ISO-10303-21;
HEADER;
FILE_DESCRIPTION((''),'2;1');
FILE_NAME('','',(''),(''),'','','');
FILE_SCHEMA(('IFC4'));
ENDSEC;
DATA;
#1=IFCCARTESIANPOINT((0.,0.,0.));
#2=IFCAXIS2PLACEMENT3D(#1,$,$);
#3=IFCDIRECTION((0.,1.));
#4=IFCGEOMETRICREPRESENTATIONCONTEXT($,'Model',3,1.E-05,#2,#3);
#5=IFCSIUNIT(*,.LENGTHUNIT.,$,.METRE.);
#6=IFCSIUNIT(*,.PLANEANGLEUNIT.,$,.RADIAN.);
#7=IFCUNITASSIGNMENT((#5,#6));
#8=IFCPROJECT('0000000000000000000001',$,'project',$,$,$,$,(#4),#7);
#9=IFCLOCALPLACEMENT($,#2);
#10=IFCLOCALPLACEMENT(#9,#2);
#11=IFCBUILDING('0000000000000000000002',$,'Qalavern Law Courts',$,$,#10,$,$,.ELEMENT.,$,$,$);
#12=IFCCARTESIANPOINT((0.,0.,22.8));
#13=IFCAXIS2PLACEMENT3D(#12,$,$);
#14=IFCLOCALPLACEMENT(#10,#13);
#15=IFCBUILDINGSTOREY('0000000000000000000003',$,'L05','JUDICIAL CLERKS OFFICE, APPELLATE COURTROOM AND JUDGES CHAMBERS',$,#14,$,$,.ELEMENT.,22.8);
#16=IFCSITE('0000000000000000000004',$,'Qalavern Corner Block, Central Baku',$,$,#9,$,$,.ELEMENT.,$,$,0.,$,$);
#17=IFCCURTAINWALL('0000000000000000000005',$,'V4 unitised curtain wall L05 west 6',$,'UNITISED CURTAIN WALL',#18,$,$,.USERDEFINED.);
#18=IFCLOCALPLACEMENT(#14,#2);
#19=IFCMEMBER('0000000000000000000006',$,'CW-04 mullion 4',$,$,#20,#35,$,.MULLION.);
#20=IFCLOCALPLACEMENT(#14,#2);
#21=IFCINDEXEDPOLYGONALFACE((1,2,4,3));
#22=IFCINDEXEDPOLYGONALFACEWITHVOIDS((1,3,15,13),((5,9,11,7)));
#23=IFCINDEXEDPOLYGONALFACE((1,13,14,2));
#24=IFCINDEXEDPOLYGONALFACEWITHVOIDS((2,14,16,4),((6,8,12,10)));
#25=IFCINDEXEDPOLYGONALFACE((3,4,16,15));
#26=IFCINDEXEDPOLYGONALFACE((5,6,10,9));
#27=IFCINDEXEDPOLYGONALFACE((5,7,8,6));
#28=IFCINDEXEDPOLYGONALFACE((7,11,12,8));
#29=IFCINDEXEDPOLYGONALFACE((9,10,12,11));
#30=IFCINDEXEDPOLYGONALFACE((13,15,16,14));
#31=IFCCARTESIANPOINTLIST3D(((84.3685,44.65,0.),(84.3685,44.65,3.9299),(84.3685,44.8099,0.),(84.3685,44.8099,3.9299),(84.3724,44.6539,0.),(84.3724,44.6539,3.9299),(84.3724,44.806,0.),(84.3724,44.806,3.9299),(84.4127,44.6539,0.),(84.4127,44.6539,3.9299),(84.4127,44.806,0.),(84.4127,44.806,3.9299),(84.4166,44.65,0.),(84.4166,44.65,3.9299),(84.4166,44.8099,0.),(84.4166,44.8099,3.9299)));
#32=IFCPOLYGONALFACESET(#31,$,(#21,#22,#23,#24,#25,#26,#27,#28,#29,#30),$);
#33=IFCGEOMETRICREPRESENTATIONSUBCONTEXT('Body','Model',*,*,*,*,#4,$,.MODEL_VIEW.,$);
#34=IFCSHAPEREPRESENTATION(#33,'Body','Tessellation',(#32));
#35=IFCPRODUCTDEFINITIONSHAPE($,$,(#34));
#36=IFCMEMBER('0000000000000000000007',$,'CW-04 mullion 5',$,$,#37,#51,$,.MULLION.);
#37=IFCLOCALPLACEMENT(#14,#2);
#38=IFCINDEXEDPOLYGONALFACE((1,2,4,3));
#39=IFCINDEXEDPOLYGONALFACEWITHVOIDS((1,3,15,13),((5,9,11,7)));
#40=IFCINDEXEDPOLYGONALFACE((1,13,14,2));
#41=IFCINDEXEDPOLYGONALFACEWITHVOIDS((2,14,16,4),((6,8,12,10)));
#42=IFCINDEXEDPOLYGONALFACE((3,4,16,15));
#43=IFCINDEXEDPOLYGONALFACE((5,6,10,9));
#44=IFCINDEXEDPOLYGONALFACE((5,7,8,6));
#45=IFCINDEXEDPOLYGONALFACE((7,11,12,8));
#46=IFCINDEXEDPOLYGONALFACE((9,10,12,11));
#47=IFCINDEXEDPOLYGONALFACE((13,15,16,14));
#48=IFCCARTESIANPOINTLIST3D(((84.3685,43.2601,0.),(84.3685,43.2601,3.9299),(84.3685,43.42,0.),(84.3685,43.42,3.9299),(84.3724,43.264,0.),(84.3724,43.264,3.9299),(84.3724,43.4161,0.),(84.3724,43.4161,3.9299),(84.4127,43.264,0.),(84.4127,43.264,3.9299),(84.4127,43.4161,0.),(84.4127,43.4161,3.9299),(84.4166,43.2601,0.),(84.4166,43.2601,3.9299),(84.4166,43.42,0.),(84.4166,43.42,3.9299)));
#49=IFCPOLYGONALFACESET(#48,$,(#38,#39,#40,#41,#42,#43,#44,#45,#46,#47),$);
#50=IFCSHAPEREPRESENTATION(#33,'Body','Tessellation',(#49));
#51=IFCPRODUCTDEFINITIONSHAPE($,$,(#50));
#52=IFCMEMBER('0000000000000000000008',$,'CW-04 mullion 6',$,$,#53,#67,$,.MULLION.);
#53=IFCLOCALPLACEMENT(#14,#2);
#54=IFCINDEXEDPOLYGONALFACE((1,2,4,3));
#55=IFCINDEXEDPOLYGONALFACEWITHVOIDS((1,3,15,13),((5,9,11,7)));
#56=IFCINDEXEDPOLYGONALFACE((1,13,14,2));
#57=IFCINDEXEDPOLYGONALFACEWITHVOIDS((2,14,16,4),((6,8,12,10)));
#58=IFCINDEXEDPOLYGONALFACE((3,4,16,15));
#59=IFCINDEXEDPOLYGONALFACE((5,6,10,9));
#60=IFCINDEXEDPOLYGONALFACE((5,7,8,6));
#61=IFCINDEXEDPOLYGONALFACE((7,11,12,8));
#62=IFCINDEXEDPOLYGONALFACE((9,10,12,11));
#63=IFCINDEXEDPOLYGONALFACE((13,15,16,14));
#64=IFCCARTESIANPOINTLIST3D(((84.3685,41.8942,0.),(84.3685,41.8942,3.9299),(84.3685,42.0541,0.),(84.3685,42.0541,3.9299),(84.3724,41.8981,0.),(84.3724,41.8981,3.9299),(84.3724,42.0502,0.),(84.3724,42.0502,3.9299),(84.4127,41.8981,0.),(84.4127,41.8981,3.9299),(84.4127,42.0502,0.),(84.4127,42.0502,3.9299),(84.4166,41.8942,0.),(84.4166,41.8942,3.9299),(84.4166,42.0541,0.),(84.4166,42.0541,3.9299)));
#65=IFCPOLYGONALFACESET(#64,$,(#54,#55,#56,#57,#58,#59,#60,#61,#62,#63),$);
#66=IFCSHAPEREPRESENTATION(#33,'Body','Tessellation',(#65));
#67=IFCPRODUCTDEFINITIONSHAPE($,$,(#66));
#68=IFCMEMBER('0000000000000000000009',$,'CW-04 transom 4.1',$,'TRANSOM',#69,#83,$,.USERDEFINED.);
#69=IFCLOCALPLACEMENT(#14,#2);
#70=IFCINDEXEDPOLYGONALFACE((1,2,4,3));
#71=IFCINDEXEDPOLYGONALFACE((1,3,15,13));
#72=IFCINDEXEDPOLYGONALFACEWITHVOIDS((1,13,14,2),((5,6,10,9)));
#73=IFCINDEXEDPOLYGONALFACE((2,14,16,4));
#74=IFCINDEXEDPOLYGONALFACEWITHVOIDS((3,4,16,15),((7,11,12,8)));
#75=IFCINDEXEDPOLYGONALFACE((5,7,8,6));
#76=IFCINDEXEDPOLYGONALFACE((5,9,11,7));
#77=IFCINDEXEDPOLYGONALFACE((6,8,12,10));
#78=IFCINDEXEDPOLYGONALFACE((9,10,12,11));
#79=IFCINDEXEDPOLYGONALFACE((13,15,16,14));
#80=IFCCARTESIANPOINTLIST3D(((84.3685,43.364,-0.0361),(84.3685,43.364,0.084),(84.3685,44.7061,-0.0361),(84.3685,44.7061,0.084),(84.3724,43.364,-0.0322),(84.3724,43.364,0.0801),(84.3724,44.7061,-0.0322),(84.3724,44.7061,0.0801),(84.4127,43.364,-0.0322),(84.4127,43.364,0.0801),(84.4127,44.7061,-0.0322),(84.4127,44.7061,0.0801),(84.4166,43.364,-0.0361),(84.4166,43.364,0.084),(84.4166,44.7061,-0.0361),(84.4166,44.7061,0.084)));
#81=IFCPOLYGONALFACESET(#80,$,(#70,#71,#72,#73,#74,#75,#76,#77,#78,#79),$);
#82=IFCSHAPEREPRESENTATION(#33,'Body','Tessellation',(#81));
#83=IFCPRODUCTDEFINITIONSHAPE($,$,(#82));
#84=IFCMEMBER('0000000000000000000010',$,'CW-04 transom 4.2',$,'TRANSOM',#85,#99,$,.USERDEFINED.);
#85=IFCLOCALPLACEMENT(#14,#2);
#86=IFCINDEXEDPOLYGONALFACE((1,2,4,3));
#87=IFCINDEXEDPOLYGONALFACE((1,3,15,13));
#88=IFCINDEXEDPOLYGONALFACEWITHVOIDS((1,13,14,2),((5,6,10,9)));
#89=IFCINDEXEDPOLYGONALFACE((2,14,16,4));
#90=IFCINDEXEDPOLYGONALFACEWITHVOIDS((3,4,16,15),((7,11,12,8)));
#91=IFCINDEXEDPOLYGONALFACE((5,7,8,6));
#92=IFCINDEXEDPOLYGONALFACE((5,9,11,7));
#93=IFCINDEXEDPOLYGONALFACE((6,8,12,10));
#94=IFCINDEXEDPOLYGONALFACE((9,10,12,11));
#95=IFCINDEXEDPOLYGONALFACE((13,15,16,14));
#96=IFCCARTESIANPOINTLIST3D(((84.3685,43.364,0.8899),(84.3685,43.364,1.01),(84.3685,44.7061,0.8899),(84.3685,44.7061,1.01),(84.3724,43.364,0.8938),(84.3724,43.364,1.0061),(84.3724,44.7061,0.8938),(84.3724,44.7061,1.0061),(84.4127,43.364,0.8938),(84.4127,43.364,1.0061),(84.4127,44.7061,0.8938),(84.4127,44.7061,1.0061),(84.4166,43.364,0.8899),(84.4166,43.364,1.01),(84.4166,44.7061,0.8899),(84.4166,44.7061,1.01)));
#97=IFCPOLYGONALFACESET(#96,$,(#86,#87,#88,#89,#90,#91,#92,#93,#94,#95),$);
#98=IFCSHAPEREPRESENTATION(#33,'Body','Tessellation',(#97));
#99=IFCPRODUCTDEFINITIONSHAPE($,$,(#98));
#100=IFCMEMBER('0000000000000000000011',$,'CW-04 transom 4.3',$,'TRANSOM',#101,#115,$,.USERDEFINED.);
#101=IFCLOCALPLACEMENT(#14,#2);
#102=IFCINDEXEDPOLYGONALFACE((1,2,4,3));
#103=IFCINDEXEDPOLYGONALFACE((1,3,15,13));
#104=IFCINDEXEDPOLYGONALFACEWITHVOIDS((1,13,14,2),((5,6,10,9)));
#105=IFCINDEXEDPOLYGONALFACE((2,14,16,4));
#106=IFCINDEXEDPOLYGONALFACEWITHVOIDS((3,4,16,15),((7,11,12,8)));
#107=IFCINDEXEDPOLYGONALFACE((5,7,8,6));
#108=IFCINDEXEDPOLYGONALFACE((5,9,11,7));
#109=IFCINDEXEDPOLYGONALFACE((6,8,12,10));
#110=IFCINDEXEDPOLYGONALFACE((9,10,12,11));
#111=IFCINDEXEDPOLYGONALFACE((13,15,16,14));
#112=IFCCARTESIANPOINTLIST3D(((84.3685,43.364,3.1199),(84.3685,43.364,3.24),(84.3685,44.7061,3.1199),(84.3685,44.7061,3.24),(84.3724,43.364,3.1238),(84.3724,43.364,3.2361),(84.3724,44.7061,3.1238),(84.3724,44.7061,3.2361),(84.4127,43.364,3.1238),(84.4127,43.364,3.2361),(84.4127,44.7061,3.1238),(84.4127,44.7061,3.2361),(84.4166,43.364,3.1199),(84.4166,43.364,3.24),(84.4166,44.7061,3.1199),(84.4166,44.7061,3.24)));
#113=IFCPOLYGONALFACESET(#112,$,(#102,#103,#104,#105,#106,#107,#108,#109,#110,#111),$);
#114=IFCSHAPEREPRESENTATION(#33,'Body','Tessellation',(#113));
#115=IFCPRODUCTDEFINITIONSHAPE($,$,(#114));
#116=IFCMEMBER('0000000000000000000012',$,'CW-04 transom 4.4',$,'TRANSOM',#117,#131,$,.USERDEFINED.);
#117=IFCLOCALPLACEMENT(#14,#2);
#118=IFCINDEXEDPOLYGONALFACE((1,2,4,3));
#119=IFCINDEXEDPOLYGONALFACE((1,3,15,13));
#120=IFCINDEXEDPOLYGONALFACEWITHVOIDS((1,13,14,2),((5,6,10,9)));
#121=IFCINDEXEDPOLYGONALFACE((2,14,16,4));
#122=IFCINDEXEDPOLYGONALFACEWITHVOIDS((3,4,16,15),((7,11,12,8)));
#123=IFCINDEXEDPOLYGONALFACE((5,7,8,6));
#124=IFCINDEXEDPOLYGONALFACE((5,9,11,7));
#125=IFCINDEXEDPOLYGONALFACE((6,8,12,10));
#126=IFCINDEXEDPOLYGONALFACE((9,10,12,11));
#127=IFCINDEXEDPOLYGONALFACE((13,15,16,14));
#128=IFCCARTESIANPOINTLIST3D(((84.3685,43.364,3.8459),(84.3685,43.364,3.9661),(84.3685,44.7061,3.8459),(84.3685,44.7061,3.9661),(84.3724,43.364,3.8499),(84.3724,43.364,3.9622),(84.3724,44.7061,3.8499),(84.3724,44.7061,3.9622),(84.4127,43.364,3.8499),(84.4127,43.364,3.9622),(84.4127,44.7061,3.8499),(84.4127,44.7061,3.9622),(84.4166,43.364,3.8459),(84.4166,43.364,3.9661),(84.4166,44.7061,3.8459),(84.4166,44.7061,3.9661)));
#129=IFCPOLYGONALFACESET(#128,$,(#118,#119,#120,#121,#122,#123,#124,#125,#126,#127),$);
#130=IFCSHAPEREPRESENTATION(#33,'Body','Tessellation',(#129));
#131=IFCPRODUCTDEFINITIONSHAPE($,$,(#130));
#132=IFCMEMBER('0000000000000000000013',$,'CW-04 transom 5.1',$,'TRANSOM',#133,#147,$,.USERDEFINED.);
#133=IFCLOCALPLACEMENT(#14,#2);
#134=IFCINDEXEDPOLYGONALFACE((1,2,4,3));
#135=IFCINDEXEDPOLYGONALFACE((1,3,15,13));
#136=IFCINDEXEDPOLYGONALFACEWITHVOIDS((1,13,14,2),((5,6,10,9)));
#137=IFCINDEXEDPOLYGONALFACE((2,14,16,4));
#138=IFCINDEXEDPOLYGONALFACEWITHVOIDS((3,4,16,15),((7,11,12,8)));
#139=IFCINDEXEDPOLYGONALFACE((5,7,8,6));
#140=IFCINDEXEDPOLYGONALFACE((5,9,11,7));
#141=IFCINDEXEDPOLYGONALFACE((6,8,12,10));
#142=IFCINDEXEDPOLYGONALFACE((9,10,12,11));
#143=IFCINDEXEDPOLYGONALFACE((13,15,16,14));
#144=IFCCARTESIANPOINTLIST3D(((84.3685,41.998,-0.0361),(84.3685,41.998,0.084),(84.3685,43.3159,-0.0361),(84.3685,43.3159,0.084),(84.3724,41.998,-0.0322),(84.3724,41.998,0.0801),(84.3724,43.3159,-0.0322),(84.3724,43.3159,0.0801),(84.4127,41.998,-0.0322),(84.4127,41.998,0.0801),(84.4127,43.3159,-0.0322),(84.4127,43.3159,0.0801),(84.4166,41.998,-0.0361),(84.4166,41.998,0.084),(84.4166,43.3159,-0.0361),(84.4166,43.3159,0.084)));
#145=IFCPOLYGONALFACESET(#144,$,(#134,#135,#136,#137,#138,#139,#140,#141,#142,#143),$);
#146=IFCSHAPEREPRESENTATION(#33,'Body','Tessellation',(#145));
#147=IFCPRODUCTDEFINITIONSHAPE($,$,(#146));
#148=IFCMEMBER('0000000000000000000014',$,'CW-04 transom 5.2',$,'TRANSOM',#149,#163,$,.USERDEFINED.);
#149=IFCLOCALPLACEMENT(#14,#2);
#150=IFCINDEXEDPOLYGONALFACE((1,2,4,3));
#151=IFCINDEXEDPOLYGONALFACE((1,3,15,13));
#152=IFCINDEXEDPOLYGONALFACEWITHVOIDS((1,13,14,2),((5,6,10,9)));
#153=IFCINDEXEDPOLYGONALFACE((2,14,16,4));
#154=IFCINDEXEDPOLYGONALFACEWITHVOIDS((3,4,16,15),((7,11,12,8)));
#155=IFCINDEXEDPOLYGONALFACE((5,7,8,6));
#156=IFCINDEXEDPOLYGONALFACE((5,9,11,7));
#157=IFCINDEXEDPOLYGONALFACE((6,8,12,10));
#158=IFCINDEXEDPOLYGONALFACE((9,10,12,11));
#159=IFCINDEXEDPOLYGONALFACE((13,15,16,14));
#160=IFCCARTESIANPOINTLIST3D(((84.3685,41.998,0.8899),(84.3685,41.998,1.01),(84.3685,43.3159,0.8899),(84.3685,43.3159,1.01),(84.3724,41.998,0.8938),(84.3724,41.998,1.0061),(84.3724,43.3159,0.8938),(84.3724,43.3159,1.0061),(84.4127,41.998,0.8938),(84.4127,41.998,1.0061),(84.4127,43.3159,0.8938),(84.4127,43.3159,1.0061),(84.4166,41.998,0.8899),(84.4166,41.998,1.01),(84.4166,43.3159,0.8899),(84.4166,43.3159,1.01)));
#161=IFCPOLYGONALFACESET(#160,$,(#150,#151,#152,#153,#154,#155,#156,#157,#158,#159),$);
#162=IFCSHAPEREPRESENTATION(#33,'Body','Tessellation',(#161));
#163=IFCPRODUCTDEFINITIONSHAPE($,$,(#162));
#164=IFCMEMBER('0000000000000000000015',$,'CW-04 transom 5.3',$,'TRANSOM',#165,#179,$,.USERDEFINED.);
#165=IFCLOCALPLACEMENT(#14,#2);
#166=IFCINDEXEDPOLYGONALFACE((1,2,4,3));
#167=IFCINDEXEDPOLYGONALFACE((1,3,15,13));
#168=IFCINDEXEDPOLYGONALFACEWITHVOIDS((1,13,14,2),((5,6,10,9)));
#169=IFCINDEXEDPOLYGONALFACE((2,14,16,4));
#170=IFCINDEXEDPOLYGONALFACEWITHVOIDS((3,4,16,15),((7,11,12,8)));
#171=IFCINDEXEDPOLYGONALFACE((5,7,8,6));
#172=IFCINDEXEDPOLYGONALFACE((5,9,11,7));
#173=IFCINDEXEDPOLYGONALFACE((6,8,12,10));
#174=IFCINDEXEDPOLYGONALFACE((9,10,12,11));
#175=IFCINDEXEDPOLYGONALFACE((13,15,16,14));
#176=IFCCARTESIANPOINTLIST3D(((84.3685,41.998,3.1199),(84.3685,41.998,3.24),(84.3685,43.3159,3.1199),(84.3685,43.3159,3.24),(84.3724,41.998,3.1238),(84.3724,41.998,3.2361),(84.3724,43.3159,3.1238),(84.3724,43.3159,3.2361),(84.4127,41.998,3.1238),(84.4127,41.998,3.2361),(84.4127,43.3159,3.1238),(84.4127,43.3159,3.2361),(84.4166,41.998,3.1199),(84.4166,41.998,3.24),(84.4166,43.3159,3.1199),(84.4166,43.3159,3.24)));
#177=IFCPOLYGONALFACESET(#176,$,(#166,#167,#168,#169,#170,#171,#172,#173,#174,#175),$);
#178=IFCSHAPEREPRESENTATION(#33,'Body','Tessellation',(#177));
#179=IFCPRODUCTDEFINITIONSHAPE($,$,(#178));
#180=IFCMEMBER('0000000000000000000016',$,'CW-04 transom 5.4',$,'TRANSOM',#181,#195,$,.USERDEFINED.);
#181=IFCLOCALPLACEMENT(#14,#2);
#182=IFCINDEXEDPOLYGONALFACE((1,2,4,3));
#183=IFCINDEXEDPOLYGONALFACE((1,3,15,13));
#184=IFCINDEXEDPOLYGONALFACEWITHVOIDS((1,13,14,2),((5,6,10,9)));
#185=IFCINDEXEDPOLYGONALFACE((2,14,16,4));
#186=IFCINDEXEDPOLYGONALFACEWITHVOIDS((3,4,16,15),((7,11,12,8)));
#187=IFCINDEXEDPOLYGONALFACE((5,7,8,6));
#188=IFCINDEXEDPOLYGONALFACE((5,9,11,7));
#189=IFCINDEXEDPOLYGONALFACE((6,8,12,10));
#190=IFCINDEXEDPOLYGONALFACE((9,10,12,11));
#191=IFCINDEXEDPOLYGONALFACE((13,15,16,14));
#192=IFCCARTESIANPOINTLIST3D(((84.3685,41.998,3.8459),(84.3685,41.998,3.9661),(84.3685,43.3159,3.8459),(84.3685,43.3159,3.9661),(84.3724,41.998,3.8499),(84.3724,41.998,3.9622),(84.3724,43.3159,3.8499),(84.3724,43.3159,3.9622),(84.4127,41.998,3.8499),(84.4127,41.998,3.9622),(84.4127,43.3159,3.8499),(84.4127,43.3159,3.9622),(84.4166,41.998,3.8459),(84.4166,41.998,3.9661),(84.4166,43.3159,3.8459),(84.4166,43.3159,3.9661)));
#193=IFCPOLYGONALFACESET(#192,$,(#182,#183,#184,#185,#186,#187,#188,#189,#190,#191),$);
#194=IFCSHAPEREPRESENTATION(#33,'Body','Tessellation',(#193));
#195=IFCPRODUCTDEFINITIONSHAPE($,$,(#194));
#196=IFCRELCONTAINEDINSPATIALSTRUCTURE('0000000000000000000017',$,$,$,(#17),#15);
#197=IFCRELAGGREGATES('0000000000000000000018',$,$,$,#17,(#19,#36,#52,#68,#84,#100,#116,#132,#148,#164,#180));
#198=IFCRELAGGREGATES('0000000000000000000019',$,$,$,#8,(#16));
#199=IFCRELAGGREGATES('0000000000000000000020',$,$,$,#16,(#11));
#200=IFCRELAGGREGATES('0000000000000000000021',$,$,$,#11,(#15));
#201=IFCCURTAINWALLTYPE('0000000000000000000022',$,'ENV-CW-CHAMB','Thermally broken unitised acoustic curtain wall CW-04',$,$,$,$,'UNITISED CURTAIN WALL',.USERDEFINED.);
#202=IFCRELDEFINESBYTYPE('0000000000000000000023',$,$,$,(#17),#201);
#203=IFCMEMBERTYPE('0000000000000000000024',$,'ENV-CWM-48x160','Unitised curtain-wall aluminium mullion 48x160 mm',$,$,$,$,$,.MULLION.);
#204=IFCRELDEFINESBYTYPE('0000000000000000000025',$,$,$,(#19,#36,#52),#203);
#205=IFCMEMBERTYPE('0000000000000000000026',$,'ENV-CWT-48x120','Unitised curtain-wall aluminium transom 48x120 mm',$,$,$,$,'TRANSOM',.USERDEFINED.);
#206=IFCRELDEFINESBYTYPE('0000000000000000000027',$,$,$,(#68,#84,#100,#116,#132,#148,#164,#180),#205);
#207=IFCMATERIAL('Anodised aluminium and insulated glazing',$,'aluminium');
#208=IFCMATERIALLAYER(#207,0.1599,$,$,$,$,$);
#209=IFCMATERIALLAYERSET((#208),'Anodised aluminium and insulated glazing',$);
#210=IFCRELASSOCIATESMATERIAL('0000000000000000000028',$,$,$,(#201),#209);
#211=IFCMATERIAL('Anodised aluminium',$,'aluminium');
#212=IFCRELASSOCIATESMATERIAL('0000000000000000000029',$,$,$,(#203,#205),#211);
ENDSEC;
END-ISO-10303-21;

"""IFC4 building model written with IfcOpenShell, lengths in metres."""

from ifc_helpers import new_model, si_unit, direction, frame, origin, origin_2d, place, context, subcontext, project, spatial, hollow_rectangle, extrude, material, layer, layer_set, material_profile, profile_set, type_object, element, aggregate, save


model = new_model("IFC4")

# Units and contexts
model_context = context("Model", 3, precision=1e-05, world=origin(), true_north=direction((0.0, 1.0)))
body_context = subcontext(model_context, "Body", "Model", "MODEL_VIEW")
ifc_project = project(units=[si_unit("LENGTHUNIT", "METRE"), si_unit("PLANEANGLEUNIT", "RADIAN")], contexts=[model_context])

# Site, building, storey
site_placement = place(None, origin())
site = spatial("IfcSite", under=ifc_project, at=site_placement, Name="Qalavern Corner Block, Central Baku", CompositionType="ELEMENT", RefElevation=0.0)
building_placement = place(site_placement, origin())
building = spatial("IfcBuilding", under=site, at=building_placement, Name="Qalavern Law Courts", CompositionType="ELEMENT")
storey_placement = place(building_placement, frame((0.0, 0.0, 22.8)))
storey = spatial("IfcBuildingStorey", under=building, at=storey_placement, Name="L05", Description="JUDICIAL CLERKS OFFICE, APPELLATE COURTROOM AND JUDGES CHAMBERS", CompositionType="ELEMENT", Elevation=22.8)

# Curtain wall, members
ifc_material_1 = material(Name="Anodised aluminium and insulated glazing", Category="aluminium")
ifc_layer_1 = layer(ifc_material_1, 0.1599)
ifc_layer_set_1 = layer_set([ifc_layer_1], Name="Anodised aluminium and insulated glazing")
curtain_wall_type = type_object("IfcCurtainWallType", Name="ENV-CW-CHAMB", Description="Thermally broken unitised acoustic curtain wall CW-04", ElementType="UNITISED CURTAIN WALL", PredefinedType="USERDEFINED", material=ifc_layer_set_1)
curtain_wall_placement = place(storey_placement, origin())
curtain_wall = element("IfcCurtainWall", 1, at=curtain_wall_placement, inside=storey, type_object=curtain_wall_type, Name="V4 unitised curtain wall L05 west 6", ObjectType="UNITISED CURTAIN WALL", PredefinedType="USERDEFINED")
ifc_material_2 = material(Name="Anodised aluminium", Category="aluminium")
ifc_material_profile_1 = material_profile(ifc_material_2, hollow_rectangle(XDim=0.0481, YDim=0.1599, WallThickness=0.0039, at=origin_2d()), Name="ALU MULLION 48x160")
ifc_profile_set_1 = profile_set([ifc_material_profile_1], Name="Anodised aluminium")
member_type_1 = type_object("IfcMemberType", Name="ENV-CWM-48x160", Description="Unitised curtain-wall aluminium mullion 48x160 mm", PredefinedType="MULLION", material=ifc_profile_set_1)
member_1_placement = place(storey_placement, frame((84.3926, 44.73, 0.0), z_axis=(0.0, 0.0, 1.0), x_axis=(1.0, 0.0, 0.0)))
member_1 = element("IfcMember", 2, at=member_1_placement, type_object=member_type_1, Name="CW-04 mullion 4", PredefinedType="MULLION", context=body_context, shape_type="SweptSolid", body=[
    extrude(hollow_rectangle(XDim=0.0481, YDim=0.1599, WallThickness=0.0039, at=origin_2d()), origin(), (0.0, 0.0, 1.0), 3.9299),
])
member_2_placement = place(storey_placement, frame((84.3926, 43.3401, 0.0), z_axis=(0.0, 0.0, 1.0), x_axis=(1.0, 0.0, 0.0)))
member_2 = element("IfcMember", 3, at=member_2_placement, type_object=member_type_1, Name="CW-04 mullion 5", PredefinedType="MULLION", context=body_context, shape_type="SweptSolid", body=[
    extrude(hollow_rectangle(XDim=0.0481, YDim=0.1599, WallThickness=0.0039, at=origin_2d()), origin(), (0.0, 0.0, 1.0), 3.9299),
])
member_3_placement = place(storey_placement, frame((84.3926, 41.9741, 0.0), z_axis=(0.0, 0.0, 1.0), x_axis=(1.0, 0.0, 0.0)))
member_3 = element("IfcMember", 4, at=member_3_placement, type_object=member_type_1, Name="CW-04 mullion 6", PredefinedType="MULLION", context=body_context, shape_type="SweptSolid", body=[
    extrude(hollow_rectangle(XDim=0.0481, YDim=0.1599, WallThickness=0.0039, at=origin_2d()), origin(), (0.0, 0.0, 1.0), 3.9299),
])
ifc_material_profile_2 = material_profile(ifc_material_2, hollow_rectangle(XDim=0.0481, YDim=0.1201, WallThickness=0.0039, at=origin_2d()), Name="ALU TRANSOM 48x120")
ifc_profile_set_2 = profile_set([ifc_material_profile_2], Name="Anodised aluminium")
member_type_2 = type_object("IfcMemberType", Name="ENV-CWT-48x120", Description="Unitised curtain-wall aluminium transom 48x120 mm", ElementType="TRANSOM", PredefinedType="USERDEFINED", material=ifc_profile_set_2)
member_4_placement = place(storey_placement, frame((84.3926, 44.7061, 0.0239), z_axis=(0.0, -1.0, 0.0), x_axis=(1.0, 0.0, 0.0)))
member_4 = element("IfcMember", 5, at=member_4_placement, type_object=member_type_2, Name="CW-04 transom 4.1", ObjectType="TRANSOM", PredefinedType="USERDEFINED", context=body_context, shape_type="SweptSolid", body=[
    extrude(hollow_rectangle(XDim=0.0481, YDim=0.1201, WallThickness=0.0039, at=origin_2d()), origin(), (0.0, 0.0, 1.0), 1.342),
])
member_5_placement = place(storey_placement, frame((84.3926, 44.7061, 0.95), z_axis=(0.0, -1.0, 0.0), x_axis=(1.0, 0.0, 0.0)))
member_5 = element("IfcMember", 6, at=member_5_placement, type_object=member_type_2, Name="CW-04 transom 4.2", ObjectType="TRANSOM", PredefinedType="USERDEFINED", context=body_context, shape_type="SweptSolid", body=[
    extrude(hollow_rectangle(XDim=0.0481, YDim=0.1201, WallThickness=0.0039, at=origin_2d()), origin(), (0.0, 0.0, 1.0), 1.342),
])
member_6_placement = place(storey_placement, frame((84.3926, 44.7061, 3.1799), z_axis=(0.0, -1.0, 0.0), x_axis=(1.0, 0.0, 0.0)))
member_6 = element("IfcMember", 7, at=member_6_placement, type_object=member_type_2, Name="CW-04 transom 4.3", ObjectType="TRANSOM", PredefinedType="USERDEFINED", context=body_context, shape_type="SweptSolid", body=[
    extrude(hollow_rectangle(XDim=0.0481, YDim=0.1201, WallThickness=0.0039, at=origin_2d()), origin(), (0.0, 0.0, 1.0), 1.342),
])
member_7_placement = place(storey_placement, frame((84.3926, 44.7061, 3.906), z_axis=(0.0, -1.0, 0.0), x_axis=(1.0, 0.0, 0.0)))
member_7 = element("IfcMember", 8, at=member_7_placement, type_object=member_type_2, Name="CW-04 transom 4.4", ObjectType="TRANSOM", PredefinedType="USERDEFINED", context=body_context, shape_type="SweptSolid", body=[
    extrude(hollow_rectangle(XDim=0.0481, YDim=0.1201, WallThickness=0.0039, at=origin_2d()), origin(), (0.0, 0.0, 1.0), 1.342),
])
member_8_placement = place(storey_placement, frame((84.3926, 43.3159, 0.0239), z_axis=(0.0, -1.0, 0.0), x_axis=(1.0, 0.0, 0.0)))
member_8 = element("IfcMember", 9, at=member_8_placement, type_object=member_type_2, Name="CW-04 transom 5.1", ObjectType="TRANSOM", PredefinedType="USERDEFINED", context=body_context, shape_type="SweptSolid", body=[
    extrude(hollow_rectangle(XDim=0.0481, YDim=0.1201, WallThickness=0.0039, at=origin_2d()), origin(), (0.0, 0.0, 1.0), 1.3179),
])
member_9_placement = place(storey_placement, frame((84.3926, 43.3159, 0.95), z_axis=(0.0, -1.0, 0.0), x_axis=(1.0, 0.0, 0.0)))
member_9 = element("IfcMember", 10, at=member_9_placement, type_object=member_type_2, Name="CW-04 transom 5.2", ObjectType="TRANSOM", PredefinedType="USERDEFINED", context=body_context, shape_type="SweptSolid", body=[
    extrude(hollow_rectangle(XDim=0.0481, YDim=0.1201, WallThickness=0.0039, at=origin_2d()), origin(), (0.0, 0.0, 1.0), 1.3179),
])
member_10_placement = place(storey_placement, frame((84.3926, 43.3159, 3.1799), z_axis=(0.0, -1.0, 0.0), x_axis=(1.0, 0.0, 0.0)))
member_10 = element("IfcMember", 11, at=member_10_placement, type_object=member_type_2, Name="CW-04 transom 5.3", ObjectType="TRANSOM", PredefinedType="USERDEFINED", context=body_context, shape_type="SweptSolid", body=[
    extrude(hollow_rectangle(XDim=0.0481, YDim=0.1201, WallThickness=0.0039, at=origin_2d()), origin(), (0.0, 0.0, 1.0), 1.3179),
])
member_11_placement = place(storey_placement, frame((84.3926, 43.3159, 3.906), z_axis=(0.0, -1.0, 0.0), x_axis=(1.0, 0.0, 0.0)))
member_11 = element("IfcMember", 12, at=member_11_placement, type_object=member_type_2, Name="CW-04 transom 5.4", ObjectType="TRANSOM", PredefinedType="USERDEFINED", context=body_context, shape_type="SweptSolid", body=[
    extrude(hollow_rectangle(XDim=0.0481, YDim=0.1201, WallThickness=0.0039, at=origin_2d()), origin(), (0.0, 0.0, 1.0), 1.3179),
])
aggregate(curtain_wall, [member_1, member_2, member_3, member_4, member_5, member_6, member_7, member_8, member_9, member_10, member_11])

save(model, "model.ifc")
